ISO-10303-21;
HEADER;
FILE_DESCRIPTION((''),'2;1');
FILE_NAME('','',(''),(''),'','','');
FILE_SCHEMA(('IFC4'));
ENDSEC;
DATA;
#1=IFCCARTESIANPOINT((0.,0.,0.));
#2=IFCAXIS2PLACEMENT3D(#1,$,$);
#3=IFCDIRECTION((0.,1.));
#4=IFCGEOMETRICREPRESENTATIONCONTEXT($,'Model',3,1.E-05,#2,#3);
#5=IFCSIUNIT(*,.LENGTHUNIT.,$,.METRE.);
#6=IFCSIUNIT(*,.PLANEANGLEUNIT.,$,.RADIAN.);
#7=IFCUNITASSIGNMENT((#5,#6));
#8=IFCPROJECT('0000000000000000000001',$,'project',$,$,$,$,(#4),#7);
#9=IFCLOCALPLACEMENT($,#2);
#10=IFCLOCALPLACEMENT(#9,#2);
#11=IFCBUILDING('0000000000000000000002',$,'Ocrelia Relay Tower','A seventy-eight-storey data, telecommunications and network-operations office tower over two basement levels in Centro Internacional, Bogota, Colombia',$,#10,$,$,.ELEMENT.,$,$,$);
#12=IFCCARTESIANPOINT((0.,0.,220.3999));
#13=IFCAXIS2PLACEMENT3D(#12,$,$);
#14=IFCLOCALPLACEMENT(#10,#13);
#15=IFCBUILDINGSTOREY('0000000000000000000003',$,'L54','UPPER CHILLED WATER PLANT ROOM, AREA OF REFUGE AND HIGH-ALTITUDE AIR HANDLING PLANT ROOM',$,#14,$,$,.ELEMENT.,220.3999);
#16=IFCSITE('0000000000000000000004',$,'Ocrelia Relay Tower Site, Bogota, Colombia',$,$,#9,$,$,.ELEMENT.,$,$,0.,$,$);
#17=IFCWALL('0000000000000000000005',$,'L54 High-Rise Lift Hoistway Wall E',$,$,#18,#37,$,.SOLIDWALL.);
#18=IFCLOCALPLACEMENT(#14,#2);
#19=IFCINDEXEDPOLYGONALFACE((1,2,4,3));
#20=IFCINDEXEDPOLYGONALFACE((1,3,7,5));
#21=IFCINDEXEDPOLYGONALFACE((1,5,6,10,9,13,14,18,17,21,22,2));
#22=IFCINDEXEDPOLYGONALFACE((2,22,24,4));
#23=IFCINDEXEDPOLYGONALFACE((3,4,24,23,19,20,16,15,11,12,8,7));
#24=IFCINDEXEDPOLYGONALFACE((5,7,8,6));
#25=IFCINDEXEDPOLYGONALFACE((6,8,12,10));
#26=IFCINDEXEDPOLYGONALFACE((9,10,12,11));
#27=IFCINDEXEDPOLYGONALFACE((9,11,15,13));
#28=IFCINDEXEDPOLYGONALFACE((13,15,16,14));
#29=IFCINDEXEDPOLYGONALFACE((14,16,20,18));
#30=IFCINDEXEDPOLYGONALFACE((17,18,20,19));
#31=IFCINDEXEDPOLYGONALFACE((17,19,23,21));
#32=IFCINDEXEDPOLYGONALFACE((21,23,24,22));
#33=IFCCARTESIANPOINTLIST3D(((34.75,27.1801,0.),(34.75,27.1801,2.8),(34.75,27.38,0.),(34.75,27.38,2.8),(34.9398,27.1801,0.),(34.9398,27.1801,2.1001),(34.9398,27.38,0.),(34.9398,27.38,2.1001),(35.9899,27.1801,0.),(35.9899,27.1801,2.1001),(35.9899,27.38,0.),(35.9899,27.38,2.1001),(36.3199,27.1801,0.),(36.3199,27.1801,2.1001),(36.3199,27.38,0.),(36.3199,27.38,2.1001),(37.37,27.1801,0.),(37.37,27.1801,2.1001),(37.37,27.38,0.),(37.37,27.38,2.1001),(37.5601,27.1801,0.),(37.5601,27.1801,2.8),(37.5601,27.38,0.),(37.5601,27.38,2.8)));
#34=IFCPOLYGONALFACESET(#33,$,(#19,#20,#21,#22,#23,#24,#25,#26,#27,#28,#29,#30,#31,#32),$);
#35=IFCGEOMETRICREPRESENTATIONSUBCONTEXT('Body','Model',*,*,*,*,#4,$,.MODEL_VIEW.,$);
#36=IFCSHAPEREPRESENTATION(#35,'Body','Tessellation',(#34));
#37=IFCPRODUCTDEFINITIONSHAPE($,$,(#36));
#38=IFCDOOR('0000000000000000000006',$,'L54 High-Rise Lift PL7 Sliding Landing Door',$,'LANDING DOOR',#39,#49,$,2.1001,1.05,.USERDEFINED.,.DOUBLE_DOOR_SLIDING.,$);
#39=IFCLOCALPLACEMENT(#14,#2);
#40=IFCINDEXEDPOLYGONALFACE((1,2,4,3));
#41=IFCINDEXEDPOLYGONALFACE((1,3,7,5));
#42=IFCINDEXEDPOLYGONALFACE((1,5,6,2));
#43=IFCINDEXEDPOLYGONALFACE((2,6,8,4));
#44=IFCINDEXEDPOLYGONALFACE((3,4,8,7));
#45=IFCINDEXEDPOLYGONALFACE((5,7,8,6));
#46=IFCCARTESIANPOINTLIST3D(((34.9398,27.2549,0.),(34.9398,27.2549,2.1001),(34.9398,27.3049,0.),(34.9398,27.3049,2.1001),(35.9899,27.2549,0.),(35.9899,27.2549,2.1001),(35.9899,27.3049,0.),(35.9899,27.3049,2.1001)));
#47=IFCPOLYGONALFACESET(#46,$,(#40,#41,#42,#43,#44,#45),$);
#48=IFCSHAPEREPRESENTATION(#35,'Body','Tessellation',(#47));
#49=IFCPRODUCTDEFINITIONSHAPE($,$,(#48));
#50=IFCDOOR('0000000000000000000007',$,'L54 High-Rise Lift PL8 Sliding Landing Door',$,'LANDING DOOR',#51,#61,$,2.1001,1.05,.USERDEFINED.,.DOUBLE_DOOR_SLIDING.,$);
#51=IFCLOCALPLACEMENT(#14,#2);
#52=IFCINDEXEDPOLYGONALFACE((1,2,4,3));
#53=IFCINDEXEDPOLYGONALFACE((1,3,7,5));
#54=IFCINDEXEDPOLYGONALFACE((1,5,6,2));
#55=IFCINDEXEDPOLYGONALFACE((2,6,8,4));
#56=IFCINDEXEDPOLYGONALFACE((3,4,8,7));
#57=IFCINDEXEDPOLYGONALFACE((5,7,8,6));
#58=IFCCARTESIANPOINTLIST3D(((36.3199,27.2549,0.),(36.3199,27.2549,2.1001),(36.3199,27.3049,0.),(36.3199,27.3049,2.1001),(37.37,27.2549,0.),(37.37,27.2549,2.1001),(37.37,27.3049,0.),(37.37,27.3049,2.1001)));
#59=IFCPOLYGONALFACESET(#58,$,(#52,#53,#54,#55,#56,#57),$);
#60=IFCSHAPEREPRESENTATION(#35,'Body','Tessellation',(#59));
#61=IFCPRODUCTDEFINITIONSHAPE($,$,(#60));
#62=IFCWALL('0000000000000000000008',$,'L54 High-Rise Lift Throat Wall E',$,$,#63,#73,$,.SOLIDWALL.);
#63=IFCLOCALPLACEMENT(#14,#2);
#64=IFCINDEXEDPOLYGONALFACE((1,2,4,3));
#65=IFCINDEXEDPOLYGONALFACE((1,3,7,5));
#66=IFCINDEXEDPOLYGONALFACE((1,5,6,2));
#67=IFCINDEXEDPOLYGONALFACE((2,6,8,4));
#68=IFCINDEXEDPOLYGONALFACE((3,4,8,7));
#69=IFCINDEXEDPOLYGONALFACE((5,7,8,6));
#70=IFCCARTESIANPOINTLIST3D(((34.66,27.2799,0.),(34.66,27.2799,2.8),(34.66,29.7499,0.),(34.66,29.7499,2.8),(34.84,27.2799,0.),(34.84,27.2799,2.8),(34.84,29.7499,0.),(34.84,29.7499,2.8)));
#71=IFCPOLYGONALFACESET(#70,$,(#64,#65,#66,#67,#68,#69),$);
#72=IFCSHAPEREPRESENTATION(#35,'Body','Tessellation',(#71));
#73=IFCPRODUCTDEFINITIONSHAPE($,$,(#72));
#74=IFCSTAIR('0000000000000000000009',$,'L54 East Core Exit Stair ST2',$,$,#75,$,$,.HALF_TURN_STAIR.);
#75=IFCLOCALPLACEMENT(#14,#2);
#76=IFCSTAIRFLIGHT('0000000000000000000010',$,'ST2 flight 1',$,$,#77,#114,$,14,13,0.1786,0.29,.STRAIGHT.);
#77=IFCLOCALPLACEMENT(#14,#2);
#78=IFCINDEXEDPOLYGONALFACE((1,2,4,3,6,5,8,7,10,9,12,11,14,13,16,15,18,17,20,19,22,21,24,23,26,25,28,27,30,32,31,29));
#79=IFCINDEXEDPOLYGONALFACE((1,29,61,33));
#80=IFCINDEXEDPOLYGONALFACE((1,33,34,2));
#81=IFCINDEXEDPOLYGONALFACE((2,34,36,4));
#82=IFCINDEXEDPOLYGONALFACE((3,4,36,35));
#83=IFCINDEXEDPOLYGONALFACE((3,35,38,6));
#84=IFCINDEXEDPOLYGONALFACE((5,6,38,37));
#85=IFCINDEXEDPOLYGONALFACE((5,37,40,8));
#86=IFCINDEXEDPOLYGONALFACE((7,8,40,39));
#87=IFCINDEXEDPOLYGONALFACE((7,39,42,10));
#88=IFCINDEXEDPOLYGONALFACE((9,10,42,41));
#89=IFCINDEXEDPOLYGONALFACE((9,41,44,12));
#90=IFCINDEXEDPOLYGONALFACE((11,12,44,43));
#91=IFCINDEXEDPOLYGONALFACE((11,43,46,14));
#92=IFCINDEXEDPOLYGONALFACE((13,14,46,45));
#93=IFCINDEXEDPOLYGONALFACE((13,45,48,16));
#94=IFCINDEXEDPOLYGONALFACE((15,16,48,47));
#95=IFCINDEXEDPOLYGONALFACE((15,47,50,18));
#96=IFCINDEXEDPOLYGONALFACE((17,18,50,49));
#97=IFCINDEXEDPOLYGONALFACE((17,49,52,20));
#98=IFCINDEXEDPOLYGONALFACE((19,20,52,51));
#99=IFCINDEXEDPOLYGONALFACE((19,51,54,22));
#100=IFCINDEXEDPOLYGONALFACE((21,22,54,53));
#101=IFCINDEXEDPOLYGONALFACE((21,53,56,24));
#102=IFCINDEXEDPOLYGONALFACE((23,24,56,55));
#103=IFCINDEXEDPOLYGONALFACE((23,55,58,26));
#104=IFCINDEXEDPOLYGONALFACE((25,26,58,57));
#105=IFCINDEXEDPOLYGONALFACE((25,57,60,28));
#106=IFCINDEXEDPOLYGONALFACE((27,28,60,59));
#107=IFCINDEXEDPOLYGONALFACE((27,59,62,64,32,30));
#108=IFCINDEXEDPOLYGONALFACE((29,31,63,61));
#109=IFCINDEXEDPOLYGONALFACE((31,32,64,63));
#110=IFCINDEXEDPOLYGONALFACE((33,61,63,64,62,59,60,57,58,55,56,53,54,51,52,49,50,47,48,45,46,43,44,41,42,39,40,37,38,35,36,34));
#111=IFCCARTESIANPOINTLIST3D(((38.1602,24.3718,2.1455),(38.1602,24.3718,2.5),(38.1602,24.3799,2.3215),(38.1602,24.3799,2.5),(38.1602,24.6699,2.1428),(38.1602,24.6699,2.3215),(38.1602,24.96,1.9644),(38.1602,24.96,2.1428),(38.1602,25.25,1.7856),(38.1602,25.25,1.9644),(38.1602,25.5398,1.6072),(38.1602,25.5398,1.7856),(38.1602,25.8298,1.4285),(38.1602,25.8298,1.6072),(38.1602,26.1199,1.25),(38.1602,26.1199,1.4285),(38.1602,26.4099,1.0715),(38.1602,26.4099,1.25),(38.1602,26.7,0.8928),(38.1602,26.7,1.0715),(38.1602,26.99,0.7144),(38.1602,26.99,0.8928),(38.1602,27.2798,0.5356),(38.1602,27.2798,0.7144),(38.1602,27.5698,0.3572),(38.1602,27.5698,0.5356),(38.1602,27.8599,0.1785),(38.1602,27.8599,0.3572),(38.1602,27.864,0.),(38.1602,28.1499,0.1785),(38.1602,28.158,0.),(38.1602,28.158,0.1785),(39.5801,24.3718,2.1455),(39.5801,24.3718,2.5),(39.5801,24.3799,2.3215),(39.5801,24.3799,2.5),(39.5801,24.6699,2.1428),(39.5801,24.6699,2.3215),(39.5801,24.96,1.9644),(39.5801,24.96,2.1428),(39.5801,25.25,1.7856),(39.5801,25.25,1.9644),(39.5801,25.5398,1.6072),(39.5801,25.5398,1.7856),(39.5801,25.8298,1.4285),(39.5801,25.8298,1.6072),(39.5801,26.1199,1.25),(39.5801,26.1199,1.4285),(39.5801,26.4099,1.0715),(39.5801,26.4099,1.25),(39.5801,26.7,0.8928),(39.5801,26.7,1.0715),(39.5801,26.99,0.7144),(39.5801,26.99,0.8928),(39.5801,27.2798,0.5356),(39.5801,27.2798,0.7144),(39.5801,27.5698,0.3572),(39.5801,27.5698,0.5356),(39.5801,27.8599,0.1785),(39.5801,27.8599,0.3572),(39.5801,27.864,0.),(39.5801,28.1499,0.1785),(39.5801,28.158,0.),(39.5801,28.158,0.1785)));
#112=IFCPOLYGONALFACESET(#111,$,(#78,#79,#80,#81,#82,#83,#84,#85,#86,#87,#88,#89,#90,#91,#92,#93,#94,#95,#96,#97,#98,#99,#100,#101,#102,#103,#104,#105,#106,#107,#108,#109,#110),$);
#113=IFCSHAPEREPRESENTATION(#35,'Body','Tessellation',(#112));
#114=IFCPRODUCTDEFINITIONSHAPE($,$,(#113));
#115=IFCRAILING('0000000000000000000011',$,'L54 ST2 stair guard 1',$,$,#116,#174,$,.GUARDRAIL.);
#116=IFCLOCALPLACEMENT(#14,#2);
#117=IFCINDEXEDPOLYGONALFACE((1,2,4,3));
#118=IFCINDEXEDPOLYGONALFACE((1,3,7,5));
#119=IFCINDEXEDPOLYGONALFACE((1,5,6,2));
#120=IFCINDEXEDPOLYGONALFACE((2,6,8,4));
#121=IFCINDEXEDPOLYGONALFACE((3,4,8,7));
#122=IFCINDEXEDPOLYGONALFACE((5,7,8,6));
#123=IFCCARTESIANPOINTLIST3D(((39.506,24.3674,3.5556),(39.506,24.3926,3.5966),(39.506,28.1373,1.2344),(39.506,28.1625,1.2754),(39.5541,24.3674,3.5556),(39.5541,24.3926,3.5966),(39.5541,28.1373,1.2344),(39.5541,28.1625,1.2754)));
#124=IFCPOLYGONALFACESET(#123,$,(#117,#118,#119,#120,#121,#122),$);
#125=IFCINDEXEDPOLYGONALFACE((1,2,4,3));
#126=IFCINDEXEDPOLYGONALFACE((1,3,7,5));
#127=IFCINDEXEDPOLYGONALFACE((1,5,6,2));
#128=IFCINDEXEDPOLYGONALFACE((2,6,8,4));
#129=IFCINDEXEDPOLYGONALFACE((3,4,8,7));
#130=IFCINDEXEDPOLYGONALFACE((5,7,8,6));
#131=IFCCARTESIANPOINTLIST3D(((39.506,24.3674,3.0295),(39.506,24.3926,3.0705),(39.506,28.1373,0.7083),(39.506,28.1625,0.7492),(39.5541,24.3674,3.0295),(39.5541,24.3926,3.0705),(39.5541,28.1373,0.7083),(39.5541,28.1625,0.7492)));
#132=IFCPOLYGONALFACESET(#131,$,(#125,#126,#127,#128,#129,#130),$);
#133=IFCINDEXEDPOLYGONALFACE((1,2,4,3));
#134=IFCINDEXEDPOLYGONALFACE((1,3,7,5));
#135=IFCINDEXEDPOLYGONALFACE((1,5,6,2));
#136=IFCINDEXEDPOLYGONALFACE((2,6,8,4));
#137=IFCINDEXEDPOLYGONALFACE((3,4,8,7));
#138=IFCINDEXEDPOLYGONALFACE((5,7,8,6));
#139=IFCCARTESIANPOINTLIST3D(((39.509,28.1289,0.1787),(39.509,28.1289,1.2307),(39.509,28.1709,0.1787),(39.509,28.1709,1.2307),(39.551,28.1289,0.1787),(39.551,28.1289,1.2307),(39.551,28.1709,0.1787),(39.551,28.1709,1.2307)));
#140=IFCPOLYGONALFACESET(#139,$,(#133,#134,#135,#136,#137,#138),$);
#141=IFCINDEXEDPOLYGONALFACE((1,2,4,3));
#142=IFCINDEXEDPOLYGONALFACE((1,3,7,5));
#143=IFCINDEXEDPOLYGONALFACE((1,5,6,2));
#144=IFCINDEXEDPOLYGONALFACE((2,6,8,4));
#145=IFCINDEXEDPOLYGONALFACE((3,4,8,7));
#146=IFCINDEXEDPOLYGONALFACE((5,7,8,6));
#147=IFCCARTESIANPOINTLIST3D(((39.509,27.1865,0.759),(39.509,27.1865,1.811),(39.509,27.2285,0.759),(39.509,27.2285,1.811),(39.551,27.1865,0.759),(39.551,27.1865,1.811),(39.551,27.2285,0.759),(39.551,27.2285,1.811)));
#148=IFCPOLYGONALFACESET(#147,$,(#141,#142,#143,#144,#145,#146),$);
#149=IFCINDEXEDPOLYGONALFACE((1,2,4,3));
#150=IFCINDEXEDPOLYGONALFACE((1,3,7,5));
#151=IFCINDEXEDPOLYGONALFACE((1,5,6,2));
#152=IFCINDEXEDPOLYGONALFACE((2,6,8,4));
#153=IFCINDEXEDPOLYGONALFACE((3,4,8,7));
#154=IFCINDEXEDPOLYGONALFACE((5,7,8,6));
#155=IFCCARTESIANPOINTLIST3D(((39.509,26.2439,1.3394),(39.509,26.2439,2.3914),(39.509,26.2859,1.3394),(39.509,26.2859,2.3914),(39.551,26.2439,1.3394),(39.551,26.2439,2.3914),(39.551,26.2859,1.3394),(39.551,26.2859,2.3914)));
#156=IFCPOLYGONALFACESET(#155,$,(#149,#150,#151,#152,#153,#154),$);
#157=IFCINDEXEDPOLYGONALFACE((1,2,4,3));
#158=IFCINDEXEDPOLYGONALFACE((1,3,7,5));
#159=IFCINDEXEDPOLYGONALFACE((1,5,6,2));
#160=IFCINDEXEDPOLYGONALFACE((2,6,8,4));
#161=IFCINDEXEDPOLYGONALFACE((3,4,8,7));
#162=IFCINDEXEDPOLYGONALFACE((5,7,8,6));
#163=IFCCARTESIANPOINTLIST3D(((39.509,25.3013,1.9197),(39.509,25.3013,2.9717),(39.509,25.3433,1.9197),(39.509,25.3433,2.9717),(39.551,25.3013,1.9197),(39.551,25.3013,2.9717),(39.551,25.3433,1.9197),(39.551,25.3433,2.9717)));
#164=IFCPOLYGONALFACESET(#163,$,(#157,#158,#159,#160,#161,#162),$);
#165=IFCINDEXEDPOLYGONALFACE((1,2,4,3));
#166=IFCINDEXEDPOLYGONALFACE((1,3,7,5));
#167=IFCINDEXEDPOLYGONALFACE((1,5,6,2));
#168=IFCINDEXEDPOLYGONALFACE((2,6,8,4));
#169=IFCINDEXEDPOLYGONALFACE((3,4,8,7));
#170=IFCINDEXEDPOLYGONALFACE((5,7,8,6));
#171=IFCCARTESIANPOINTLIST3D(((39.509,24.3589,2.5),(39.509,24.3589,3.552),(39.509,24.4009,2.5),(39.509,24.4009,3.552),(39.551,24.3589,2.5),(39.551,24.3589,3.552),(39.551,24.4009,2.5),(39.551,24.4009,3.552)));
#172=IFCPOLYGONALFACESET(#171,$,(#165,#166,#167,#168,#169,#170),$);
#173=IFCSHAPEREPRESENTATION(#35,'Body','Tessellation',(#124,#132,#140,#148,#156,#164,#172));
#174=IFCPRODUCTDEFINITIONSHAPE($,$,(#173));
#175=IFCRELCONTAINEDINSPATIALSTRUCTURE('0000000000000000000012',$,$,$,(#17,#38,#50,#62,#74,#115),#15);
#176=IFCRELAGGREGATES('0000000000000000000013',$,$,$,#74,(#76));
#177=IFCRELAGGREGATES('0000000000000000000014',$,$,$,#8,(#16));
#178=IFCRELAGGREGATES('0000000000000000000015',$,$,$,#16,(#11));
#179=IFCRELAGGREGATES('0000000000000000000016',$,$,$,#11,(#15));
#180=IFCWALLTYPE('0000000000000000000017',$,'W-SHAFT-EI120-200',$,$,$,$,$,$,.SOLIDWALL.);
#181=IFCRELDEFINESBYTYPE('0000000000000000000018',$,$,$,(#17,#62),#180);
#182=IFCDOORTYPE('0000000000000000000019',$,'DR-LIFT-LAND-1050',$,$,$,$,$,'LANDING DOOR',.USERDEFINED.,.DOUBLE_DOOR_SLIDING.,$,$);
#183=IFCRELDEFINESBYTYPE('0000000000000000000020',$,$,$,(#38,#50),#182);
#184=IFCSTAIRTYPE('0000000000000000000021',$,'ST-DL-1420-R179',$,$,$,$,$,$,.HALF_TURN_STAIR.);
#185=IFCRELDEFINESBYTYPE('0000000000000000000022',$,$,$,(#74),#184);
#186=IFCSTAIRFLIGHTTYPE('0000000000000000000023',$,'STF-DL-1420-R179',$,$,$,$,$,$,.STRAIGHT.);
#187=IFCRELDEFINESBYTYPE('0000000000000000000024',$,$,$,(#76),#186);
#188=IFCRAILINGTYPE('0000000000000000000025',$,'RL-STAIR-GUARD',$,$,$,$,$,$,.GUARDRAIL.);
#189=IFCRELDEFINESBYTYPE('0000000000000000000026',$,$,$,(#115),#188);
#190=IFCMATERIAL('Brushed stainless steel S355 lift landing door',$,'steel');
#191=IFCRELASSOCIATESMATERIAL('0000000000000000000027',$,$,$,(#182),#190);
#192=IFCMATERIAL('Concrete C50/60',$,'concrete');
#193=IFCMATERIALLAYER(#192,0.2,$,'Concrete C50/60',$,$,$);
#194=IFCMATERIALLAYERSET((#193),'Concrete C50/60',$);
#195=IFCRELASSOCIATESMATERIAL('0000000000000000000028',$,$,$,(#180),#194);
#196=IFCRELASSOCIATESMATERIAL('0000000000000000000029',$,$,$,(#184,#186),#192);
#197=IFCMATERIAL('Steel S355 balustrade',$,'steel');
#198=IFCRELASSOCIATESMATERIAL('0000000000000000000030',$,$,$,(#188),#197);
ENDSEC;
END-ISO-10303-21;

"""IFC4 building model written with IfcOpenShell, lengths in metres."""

from ifc_helpers import new_model, si_unit, direction, frame, frame_2d, origin, origin_2d, place, context, subcontext, project, spatial, polyline, rectangle, outline, extrude, material, layer, layer_set, type_object, element, fill, aggregate, save


model = new_model("IFC4")

# Units and contexts
model_context = context("Model", 3, precision=1e-05, world=origin(), true_north=direction((0.0, 1.0)))
body_context = subcontext(model_context, "Body", "Model", "MODEL_VIEW")
ifc_project = project(units=[si_unit("LENGTHUNIT", "METRE"), si_unit("PLANEANGLEUNIT", "RADIAN")], contexts=[model_context])

# Site, building, storey
site_placement = place(None, origin())
site = spatial("IfcSite", under=ifc_project, at=site_placement, Name="Ocrelia Relay Tower Site, Bogota, Colombia", CompositionType="ELEMENT", RefElevation=0.0)
building_placement = place(site_placement, origin())
building = spatial("IfcBuilding", under=site, at=building_placement, Name="Ocrelia Relay Tower", Description="A seventy-eight-storey data, telecommunications and network-operations office tower over two basement levels in Centro Internacional, Bogota, Colombia", CompositionType="ELEMENT")
storey_placement = place(building_placement, frame((0.0, 0.0, 220.3999)))
storey = spatial("IfcBuildingStorey", under=building, at=storey_placement, Name="L54", Description="UPPER CHILLED WATER PLANT ROOM, AREA OF REFUGE AND HIGH-ALTITUDE AIR HANDLING PLANT ROOM", CompositionType="ELEMENT", Elevation=220.3999)

# Shared definitions
ifc_material_1 = material(Name="Concrete C50/60", Category="concrete")
ifc_material_2 = material(Name="Brushed stainless steel S355 lift landing door", Category="steel")
door_type_1 = type_object("IfcDoorType", Name="DR-LIFT-LAND-1050", ElementType="LANDING DOOR", OperationType="DOUBLE_DOOR_SLIDING", PredefinedType="USERDEFINED", material=ifc_material_2)
ifc_layer_1 = layer(ifc_material_1, 0.2, Name="Concrete C50/60")
ifc_layer_set_1 = layer_set([ifc_layer_1], Name="Concrete C50/60")
wall_type_1 = type_object("IfcWallType", Name="W-SHAFT-EI120-200", PredefinedType="SOLIDWALL", material=ifc_layer_set_1)

# Wall, openings, doors
wall_1_placement = place(storey_placement, frame((34.75, 27.28, 0.0), z_axis=(0.0, 0.0, 1.0), x_axis=(1.0, 0.0, 0.0)))
wall_1 = element("IfcWall", 1, at=wall_1_placement, inside=storey, type_object=wall_type_1, Name="L54 High-Rise Lift Hoistway Wall E", PredefinedType="SOLIDWALL", context=body_context, shape_type="SweptSolid", body=[
    extrude(rectangle(XDim=2.8101, YDim=0.2, at=frame_2d((1.405, 0.0))), origin(), (0.0, 0.0, 1.0), 2.8),
])
opening_1_placement = place(wall_1_placement, frame((0.1899, 0.0, 0.0)))
opening_1 = element("IfcOpeningElement", 2, at=opening_1_placement, cuts=wall_1, PredefinedType="OPENING", context=body_context, shape_type="SweptSolid", body=[
    extrude(rectangle(XDim=1.05, YDim=2.1001, at=frame_2d((0.5249, 1.05))), frame((0.0, 0.1099, 0.0), z_axis=(0.0, -1.0, 0.0), x_axis=(1.0, 0.0, 0.0)), (0.0, 0.0, 1.0), 0.22),
])
opening_2_placement = place(wall_1_placement, frame((1.5701, 0.0, 0.0)))
opening_2 = element("IfcOpeningElement", 3, at=opening_2_placement, cuts=wall_1, PredefinedType="OPENING", context=body_context, shape_type="SweptSolid", body=[
    extrude(rectangle(XDim=1.05, YDim=2.1001, at=frame_2d((0.5249, 1.05))), frame((0.0, 0.1099, 0.0), z_axis=(0.0, -1.0, 0.0), x_axis=(1.0, 0.0, 0.0)), (0.0, 0.0, 1.0), 0.22),
])
door_1_placement = place(opening_1_placement, origin())
door_1 = element("IfcDoor", 4, at=door_1_placement, inside=storey, type_object=door_type_1, Name="L54 High-Rise Lift PL7 Sliding Landing Door", ObjectType="LANDING DOOR", OperationType="DOUBLE_DOOR_SLIDING", OverallHeight=2.1001, OverallWidth=1.05, PredefinedType="USERDEFINED", context=body_context, shape_type="SweptSolid", body=[
    extrude(rectangle(XDim=1.05, YDim=2.1001, at=frame_2d((0.5249, 1.05))), frame((0.0, 0.0249, 0.0), z_axis=(0.0, -1.0, 0.0), x_axis=(1.0, 0.0, 0.0)), (0.0, 0.0, 1.0), 0.05),
])
fill(opening_1, door_1)
door_2_placement = place(opening_2_placement, origin())
door_2 = element("IfcDoor", 5, at=door_2_placement, inside=storey, type_object=door_type_1, Name="L54 High-Rise Lift PL8 Sliding Landing Door", ObjectType="LANDING DOOR", OperationType="DOUBLE_DOOR_SLIDING", OverallHeight=2.1001, OverallWidth=1.05, PredefinedType="USERDEFINED", context=body_context, shape_type="SweptSolid", body=[
    extrude(rectangle(XDim=1.05, YDim=2.1001, at=frame_2d((0.5249, 1.05))), frame((0.0, 0.0249, 0.0), z_axis=(0.0, -1.0, 0.0), x_axis=(1.0, 0.0, 0.0)), (0.0, 0.0, 1.0), 0.05),
])
fill(opening_2, door_2)

# Wall
wall_2_placement = place(storey_placement, frame((34.75, 27.28, 0.0), z_axis=(0.0, 0.0, 1.0), x_axis=(0.0, 1.0, 0.0)))
element("IfcWall", 6, at=wall_2_placement, inside=storey, type_object=wall_type_1, Name="L54 High-Rise Lift Throat Wall E", PredefinedType="SOLIDWALL", context=body_context, shape_type="SweptSolid", body=[
    extrude(rectangle(XDim=2.47, YDim=0.1799, at=frame_2d((1.2349, 0.0))), origin(), (0.0, 0.0, 1.0), 2.8),
])

# Stair, stair flight
stair_type = type_object("IfcStairType", Name="ST-DL-1420-R179", PredefinedType="HALF_TURN_STAIR", material=ifc_material_1)
stair_placement = place(storey_placement, origin())
stair = element("IfcStair", 7, at=stair_placement, inside=storey, type_object=stair_type, Name="L54 East Core Exit Stair ST2", PredefinedType="HALF_TURN_STAIR")
stair_flight_type = type_object("IfcStairFlightType", Name="STF-DL-1420-R179", PredefinedType="STRAIGHT", material=ifc_material_1)
stair_flight_placement = place(storey_placement, frame((38.8701, 28.1499, 0.0), z_axis=(0.0, 0.0, 1.0), x_axis=(0.0, -1.0, 0.0)))
stair_flight = element("IfcStairFlight", 8, at=stair_flight_placement, type_object=stair_flight_type, Name="ST2 flight 1", NumberOfRisers=14, NumberOfTreads=13, PredefinedType="STRAIGHT", RiserHeight=0.1786, TreadLength=0.29, context=body_context, shape_type="SweptSolid", body=[
    extrude(outline(polyline([(-0.0081, 0.0), (-0.0081, 0.1785), (0.0, 0.1785), (0.29, 0.1785), (0.29, 0.3572), (0.5801, 0.3572), (0.5801, 0.5356), (0.8701, 0.5356), (0.8701, 0.7144), (1.1599, 0.7144), (1.1599, 0.8928), (1.45, 0.8928), (1.45, 1.0715), (1.74, 1.0715), (1.74, 1.25), (2.03, 1.25), (2.03, 1.4285), (2.3201, 1.4285), (2.3201, 1.6072), (2.6101, 1.6072), (2.6101, 1.7856), (2.8999, 1.7856), (2.8999, 1.9644), (3.1899, 1.9644), (3.1899, 2.1428), (3.48, 2.1428), (3.48, 2.3215), (3.77, 2.3215), (3.77, 2.5), (3.7781, 2.5), (3.7781, 2.1455), (0.2859, 0.0), (-0.0081, 0.0)])), frame((0.0, 0.71, 0.0), z_axis=(0.0, -1.0, 0.0), x_axis=(1.0, 0.0, 0.0)), (0.0, 0.0, 1.0), 1.4199),
])
aggregate(stair, [stair_flight])

# Railing
ifc_material_3 = material(Name="Steel S355 balustrade", Category="steel")
railing_type_1 = type_object("IfcRailingType", Name="RL-STAIR-GUARD", PredefinedType="GUARDRAIL", material=ifc_material_3)
railing_1_placement = place(storey_placement, frame((39.53, 28.1499, 0.1787)))
element("IfcRailing", 9, at=railing_1_placement, inside=storey, type_object=railing_type_1, Name="L54 ST2 stair guard 1", PredefinedType="GUARDRAIL", context=body_context, shape_type="SweptSolid", body=[
    extrude(rectangle(XDim=0.0481, YDim=0.0481, at=origin_2d()), frame((0.0, 0.0, 1.0762), z_axis=(0.0, -0.85153, 0.524307), x_axis=(1.0, 0.0, 0.0)), (0.0, 0.0, 1.0), 4.4272),
    extrude(rectangle(XDim=0.0481, YDim=0.0481, at=origin_2d()), frame((0.0, 0.0, 0.55), z_axis=(0.0, -0.85153, 0.524307), x_axis=(1.0, 0.0, 0.0)), (0.0, 0.0, 1.0), 4.4272),
    extrude(rectangle(XDim=0.042, YDim=0.042, at=origin_2d()), origin(), (0.0, 0.0, 1.0), 1.052),
    extrude(rectangle(XDim=0.042, YDim=0.042, at=origin_2d()), frame((0.0, -0.9424, 0.5803)), (0.0, 0.0, 1.0), 1.052),
    extrude(rectangle(XDim=0.042, YDim=0.042, at=origin_2d()), frame((0.0, -1.885, 1.1606)), (0.0, 0.0, 1.0), 1.052),
    extrude(rectangle(XDim=0.042, YDim=0.042, at=origin_2d()), frame((0.0, -2.8276, 1.741)), (0.0, 0.0, 1.0), 1.052),
    extrude(rectangle(XDim=0.042, YDim=0.042, at=origin_2d()), frame((0.0, -3.77, 2.3213)), (0.0, 0.0, 1.0), 1.052),
])

save(model, "model.ifc")
